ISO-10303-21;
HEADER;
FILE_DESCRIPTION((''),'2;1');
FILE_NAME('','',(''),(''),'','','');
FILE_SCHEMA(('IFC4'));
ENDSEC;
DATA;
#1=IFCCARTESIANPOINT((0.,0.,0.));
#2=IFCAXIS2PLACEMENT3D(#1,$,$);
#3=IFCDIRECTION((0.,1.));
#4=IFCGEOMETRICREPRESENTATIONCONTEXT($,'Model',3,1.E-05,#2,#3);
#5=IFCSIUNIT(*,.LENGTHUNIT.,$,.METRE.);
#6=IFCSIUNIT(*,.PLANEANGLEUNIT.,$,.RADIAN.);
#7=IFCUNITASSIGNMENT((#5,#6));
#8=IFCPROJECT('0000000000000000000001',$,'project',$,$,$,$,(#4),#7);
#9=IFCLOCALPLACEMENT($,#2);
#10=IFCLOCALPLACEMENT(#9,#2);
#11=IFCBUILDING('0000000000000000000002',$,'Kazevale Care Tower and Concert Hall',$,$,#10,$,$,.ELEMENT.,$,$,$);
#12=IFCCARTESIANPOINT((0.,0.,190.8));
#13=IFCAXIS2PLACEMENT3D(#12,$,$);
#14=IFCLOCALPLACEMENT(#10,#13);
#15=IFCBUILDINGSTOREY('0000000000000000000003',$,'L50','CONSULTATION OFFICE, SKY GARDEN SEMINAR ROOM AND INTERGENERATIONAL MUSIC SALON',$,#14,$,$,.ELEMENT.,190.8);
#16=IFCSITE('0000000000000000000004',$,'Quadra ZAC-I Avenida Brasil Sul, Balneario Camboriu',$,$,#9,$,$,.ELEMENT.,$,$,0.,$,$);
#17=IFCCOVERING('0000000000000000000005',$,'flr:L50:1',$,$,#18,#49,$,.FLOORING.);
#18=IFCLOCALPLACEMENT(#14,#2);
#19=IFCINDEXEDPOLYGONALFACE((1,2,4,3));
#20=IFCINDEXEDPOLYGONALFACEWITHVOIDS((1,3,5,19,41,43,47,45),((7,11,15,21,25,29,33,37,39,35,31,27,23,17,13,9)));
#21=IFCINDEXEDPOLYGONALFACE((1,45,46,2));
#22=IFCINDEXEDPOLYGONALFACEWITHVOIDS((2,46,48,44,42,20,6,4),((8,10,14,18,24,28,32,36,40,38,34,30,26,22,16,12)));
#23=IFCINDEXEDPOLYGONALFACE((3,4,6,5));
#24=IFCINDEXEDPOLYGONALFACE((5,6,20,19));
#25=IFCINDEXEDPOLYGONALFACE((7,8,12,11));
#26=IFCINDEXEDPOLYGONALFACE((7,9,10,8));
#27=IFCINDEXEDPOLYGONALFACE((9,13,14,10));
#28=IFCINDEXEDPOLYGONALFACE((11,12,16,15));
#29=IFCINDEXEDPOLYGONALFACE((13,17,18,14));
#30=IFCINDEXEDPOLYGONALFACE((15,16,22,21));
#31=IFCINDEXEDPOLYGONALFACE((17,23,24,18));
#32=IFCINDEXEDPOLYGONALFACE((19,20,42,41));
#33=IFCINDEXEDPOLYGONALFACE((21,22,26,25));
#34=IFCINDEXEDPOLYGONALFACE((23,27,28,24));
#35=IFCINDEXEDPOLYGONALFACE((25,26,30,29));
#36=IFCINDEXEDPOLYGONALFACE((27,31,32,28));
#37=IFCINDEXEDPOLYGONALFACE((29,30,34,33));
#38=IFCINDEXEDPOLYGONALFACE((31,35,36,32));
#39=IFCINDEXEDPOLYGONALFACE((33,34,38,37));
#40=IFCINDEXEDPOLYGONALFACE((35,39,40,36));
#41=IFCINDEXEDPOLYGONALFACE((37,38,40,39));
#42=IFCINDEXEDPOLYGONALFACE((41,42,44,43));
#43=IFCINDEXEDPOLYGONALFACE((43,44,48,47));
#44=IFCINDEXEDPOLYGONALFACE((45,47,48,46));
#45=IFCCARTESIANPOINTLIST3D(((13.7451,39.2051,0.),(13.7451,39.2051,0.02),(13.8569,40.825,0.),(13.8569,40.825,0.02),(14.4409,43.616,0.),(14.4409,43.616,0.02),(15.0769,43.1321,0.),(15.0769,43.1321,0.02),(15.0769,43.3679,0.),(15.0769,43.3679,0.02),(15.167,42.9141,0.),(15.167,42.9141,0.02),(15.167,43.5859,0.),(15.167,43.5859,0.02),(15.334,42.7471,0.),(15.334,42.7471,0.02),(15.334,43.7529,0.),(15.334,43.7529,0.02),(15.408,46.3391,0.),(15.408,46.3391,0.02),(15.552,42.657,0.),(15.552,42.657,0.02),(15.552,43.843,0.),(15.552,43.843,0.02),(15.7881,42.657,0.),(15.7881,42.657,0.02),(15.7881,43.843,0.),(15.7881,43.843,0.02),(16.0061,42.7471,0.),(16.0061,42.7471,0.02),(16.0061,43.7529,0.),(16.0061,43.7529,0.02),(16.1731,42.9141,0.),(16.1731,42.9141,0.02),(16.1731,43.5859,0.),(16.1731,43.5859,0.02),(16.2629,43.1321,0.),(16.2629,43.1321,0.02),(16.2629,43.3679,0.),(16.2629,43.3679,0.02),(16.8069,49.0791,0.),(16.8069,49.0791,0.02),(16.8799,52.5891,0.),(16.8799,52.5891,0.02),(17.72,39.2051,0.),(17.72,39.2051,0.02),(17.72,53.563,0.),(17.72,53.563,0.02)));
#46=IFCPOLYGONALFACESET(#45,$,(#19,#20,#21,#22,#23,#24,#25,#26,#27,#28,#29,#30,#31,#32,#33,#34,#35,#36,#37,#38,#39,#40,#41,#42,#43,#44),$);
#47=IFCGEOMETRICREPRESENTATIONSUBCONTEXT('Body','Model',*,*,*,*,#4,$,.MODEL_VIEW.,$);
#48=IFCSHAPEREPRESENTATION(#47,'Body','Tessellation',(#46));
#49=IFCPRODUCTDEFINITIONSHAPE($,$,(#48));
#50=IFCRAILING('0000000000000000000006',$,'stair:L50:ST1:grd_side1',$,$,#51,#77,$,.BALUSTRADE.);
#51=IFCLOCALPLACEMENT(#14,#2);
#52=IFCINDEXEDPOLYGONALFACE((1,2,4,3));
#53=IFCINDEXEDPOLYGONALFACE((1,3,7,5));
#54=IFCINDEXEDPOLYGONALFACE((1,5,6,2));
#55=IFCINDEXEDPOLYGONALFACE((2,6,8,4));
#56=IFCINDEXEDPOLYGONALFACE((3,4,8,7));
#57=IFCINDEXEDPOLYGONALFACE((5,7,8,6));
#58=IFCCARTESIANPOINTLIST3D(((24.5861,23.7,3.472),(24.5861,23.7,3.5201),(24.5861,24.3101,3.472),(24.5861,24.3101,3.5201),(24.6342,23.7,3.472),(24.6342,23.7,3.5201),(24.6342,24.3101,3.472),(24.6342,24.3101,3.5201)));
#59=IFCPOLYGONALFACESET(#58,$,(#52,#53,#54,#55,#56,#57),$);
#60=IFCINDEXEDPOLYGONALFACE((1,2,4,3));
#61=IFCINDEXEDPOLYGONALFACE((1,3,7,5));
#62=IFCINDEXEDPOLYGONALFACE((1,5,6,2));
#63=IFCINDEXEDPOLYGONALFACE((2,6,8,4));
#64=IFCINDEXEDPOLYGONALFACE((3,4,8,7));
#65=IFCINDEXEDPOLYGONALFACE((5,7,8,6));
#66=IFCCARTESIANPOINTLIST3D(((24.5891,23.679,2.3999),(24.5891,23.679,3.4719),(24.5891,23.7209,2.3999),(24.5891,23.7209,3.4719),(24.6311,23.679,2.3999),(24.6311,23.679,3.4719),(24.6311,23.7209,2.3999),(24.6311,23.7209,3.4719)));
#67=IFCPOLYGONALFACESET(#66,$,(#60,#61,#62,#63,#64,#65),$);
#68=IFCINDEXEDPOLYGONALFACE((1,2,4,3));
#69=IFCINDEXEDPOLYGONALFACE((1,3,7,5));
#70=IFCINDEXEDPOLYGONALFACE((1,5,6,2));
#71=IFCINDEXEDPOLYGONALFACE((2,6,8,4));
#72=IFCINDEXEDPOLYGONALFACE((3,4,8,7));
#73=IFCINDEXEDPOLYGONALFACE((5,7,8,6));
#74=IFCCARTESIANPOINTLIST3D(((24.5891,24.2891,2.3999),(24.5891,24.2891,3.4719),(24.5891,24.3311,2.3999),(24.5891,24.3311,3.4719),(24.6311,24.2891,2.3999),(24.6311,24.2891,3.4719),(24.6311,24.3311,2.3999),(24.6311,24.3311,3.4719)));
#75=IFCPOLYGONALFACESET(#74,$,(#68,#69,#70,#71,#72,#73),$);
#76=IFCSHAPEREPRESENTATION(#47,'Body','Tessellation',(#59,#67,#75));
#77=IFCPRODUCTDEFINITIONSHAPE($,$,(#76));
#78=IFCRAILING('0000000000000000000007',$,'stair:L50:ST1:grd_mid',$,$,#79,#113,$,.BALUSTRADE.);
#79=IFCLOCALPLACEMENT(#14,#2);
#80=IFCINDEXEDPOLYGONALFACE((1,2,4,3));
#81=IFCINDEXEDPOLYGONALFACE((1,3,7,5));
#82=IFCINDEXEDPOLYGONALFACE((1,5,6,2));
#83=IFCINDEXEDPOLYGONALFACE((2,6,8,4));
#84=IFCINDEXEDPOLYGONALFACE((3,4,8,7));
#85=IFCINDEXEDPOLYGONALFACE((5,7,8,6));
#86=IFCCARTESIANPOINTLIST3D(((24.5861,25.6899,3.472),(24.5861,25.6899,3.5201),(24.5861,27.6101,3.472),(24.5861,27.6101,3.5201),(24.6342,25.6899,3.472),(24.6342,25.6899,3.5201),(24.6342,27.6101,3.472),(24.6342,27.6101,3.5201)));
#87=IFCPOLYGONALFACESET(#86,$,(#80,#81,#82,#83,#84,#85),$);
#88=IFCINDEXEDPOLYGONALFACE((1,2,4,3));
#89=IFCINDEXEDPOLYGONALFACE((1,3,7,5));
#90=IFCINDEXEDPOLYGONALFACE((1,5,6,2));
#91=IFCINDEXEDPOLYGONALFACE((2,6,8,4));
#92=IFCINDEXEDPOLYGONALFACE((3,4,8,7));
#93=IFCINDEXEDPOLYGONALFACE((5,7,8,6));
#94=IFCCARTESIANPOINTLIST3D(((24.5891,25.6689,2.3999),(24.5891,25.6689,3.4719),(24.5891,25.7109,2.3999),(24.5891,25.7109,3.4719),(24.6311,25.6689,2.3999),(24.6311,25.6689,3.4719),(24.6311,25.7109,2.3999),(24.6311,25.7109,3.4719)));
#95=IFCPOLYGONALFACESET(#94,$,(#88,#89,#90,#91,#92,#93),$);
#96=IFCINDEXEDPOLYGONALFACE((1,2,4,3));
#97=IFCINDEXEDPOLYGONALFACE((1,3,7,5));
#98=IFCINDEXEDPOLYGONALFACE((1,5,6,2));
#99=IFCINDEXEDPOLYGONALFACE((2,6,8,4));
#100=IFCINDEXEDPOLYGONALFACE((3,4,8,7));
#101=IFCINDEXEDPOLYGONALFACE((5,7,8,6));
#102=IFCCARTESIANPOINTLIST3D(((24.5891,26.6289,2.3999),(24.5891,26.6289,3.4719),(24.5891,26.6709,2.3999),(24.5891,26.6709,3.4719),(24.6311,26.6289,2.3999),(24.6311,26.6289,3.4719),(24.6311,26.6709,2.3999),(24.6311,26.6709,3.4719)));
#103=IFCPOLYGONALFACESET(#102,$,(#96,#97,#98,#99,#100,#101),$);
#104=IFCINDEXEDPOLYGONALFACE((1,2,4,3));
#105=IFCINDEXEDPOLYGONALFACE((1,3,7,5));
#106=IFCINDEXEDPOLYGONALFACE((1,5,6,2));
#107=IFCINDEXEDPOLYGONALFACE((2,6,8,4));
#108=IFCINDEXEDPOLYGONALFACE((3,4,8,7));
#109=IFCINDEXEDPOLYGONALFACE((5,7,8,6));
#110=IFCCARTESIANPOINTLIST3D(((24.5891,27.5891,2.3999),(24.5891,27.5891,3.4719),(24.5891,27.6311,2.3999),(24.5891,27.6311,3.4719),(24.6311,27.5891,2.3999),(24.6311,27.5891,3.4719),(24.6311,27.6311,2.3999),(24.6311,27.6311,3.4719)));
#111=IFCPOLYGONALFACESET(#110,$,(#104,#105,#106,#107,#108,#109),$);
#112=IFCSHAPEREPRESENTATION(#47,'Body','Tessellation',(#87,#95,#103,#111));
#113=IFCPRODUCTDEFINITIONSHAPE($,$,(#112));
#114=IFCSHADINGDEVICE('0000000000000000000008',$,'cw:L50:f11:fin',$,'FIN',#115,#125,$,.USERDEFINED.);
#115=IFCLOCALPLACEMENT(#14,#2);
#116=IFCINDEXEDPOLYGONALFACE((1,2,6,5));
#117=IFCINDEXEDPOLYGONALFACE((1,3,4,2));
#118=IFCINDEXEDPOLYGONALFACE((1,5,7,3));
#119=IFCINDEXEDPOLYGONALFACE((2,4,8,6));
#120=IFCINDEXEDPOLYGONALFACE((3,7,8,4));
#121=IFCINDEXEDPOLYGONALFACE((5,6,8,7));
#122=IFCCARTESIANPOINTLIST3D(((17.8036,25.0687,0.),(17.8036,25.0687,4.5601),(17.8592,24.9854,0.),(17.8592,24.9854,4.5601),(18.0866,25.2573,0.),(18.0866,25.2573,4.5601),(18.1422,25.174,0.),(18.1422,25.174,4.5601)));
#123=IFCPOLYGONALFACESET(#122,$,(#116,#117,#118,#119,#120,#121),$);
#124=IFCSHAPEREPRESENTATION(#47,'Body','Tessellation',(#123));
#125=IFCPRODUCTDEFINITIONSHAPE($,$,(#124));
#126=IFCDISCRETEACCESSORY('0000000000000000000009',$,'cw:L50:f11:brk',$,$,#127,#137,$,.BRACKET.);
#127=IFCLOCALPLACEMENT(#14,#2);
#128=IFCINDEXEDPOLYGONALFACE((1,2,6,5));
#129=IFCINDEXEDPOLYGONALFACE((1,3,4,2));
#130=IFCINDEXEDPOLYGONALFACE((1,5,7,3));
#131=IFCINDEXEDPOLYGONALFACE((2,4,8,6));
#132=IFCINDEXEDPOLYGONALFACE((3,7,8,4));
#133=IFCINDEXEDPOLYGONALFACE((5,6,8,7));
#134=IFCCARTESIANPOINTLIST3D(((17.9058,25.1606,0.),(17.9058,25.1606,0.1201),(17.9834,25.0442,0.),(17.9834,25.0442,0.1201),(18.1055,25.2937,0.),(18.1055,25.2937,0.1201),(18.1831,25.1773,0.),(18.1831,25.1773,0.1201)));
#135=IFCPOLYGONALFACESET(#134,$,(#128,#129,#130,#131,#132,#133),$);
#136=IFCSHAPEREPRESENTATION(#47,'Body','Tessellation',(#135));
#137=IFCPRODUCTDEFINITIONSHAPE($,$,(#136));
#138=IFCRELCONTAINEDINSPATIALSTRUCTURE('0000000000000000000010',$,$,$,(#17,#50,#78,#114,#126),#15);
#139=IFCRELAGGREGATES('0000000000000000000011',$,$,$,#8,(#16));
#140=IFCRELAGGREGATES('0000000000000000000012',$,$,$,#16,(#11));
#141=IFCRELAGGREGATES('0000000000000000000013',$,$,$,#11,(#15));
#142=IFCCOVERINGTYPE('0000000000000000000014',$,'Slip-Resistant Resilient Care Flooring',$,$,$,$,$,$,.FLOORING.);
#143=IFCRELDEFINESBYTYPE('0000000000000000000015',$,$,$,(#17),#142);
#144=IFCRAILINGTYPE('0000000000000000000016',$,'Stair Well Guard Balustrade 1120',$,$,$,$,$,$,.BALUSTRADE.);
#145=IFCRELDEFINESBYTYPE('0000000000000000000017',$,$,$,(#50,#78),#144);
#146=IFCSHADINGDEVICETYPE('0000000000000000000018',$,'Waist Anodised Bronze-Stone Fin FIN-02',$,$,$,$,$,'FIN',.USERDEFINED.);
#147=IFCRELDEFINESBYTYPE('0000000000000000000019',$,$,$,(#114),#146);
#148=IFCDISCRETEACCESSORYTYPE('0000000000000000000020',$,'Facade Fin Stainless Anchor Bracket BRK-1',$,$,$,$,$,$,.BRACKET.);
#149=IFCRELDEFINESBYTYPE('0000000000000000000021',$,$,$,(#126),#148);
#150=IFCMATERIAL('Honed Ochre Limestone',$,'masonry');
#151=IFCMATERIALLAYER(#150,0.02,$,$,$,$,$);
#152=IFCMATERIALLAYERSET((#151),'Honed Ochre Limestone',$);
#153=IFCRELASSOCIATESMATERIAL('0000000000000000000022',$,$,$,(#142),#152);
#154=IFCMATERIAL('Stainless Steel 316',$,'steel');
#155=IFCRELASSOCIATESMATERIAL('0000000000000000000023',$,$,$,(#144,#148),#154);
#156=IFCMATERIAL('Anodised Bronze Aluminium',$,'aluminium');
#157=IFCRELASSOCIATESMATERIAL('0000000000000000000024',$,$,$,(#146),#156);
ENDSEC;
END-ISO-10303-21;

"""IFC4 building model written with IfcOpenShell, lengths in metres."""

from ifc_helpers import new_model, si_unit, direction, frame, origin, origin_2d, place, context, subcontext, project, spatial, polyline, rectangle, outline, extrude, material, layer, layer_set, type_object, element, save


model = new_model("IFC4")

# Units and contexts
model_context = context("Model", 3, precision=1e-05, world=origin(), true_north=direction((0.0, 1.0)))
body_context = subcontext(model_context, "Body", "Model", "MODEL_VIEW")
ifc_project = project(units=[si_unit("LENGTHUNIT", "METRE"), si_unit("PLANEANGLEUNIT", "RADIAN")], contexts=[model_context])

# Site, building, storey
site_placement = place(None, origin())
site = spatial("IfcSite", under=ifc_project, at=site_placement, Name="Quadra ZAC-I Avenida Brasil Sul, Balneario Camboriu", CompositionType="ELEMENT", RefElevation=0.0)
building_placement = place(site_placement, origin())
building = spatial("IfcBuilding", under=site, at=building_placement, Name="Kazevale Care Tower and Concert Hall", CompositionType="ELEMENT")
storey_placement = place(building_placement, frame((0.0, 0.0, 190.8)))
storey = spatial("IfcBuildingStorey", under=building, at=storey_placement, Name="L50", Description="CONSULTATION OFFICE, SKY GARDEN SEMINAR ROOM AND INTERGENERATIONAL MUSIC SALON", CompositionType="ELEMENT", Elevation=190.8)

# Covering
ifc_material_1 = material(Name="Honed Ochre Limestone", Category="masonry")
ifc_layer_1 = layer(ifc_material_1, 0.02)
ifc_layer_set_1 = layer_set([ifc_layer_1], Name="Honed Ochre Limestone")
covering_type_1 = type_object("IfcCoveringType", Name="Slip-Resistant Resilient Care Flooring", PredefinedType="FLOORING", material=ifc_layer_set_1)
covering_1_placement = place(storey_placement, origin())
element("IfcCovering", 1, at=covering_1_placement, inside=storey, type_object=covering_type_1, Name="flr:L50:1", PredefinedType="FLOORING", context=body_context, shape_type="SweptSolid", body=[
    extrude(outline(polyline([(15.408, 46.3391), (16.8069, 49.0791), (16.8799, 52.5891), (17.72, 53.563), (17.72, 39.2051), (13.7451, 39.2051), (13.8569, 40.825), (14.4409, 43.616), (15.408, 46.3391)]), holes=[polyline([(16.2629, 43.3679), (16.1731, 43.5859), (16.0061, 43.7529), (15.7881, 43.843), (15.552, 43.843), (15.334, 43.7529), (15.167, 43.5859), (15.0769, 43.3679), (15.0769, 43.1321), (15.167, 42.9141), (15.334, 42.7471), (15.552, 42.657), (15.7881, 42.657), (16.0061, 42.7471), (16.1731, 42.9141), (16.2629, 43.1321), (16.2629, 43.3679)])]), origin(), (0.0, 0.0, 1.0), 0.02),
])

# Railings
ifc_material_2 = material(Name="Stainless Steel 316", Category="steel")
railing_type = type_object("IfcRailingType", Name="Stair Well Guard Balustrade 1120", PredefinedType="BALUSTRADE", material=ifc_material_2)
railing_1_placement = place(storey_placement, frame((24.6101, 23.7, 2.3999)))
element("IfcRailing", 2, at=railing_1_placement, inside=storey, type_object=railing_type, Name="stair:L50:ST1:grd_side1", PredefinedType="BALUSTRADE", context=body_context, shape_type="SweptSolid", body=[
    extrude(rectangle(XDim=0.0481, YDim=0.0481, at=origin_2d()), frame((0.0, 0.0, 1.0962), z_axis=(0.0, 1.0, 0.0), x_axis=(-1.0, 0.0, 0.0)), (0.0, 0.0, 1.0), 0.6101),
    extrude(rectangle(XDim=0.042, YDim=0.042, at=origin_2d()), origin(), (0.0, 0.0, 1.0), 1.072),
    extrude(rectangle(XDim=0.042, YDim=0.042, at=origin_2d()), frame((0.0, 0.6101, 0.0)), (0.0, 0.0, 1.0), 1.072),
])
railing_2_placement = place(storey_placement, frame((24.6101, 25.6899, 2.3999)))
element("IfcRailing", 3, at=railing_2_placement, inside=storey, type_object=railing_type, Name="stair:L50:ST1:grd_mid", PredefinedType="BALUSTRADE", context=body_context, shape_type="SweptSolid", body=[
    extrude(rectangle(XDim=0.0481, YDim=0.0481, at=origin_2d()), frame((0.0, 0.0, 1.0962), z_axis=(0.0, 1.0, 0.0), x_axis=(-1.0, 0.0, 0.0)), (0.0, 0.0, 1.0), 1.9202),
    extrude(rectangle(XDim=0.042, YDim=0.042, at=origin_2d()), origin(), (0.0, 0.0, 1.0), 1.072),
    extrude(rectangle(XDim=0.042, YDim=0.042, at=origin_2d()), frame((0.0, 0.96, 0.0)), (0.0, 0.0, 1.0), 1.072),
    extrude(rectangle(XDim=0.042, YDim=0.042, at=origin_2d()), frame((0.0, 1.9202, 0.0)), (0.0, 0.0, 1.0), 1.072),
])

# Shading device
ifc_material_3 = material(Name="Anodised Bronze Aluminium", Category="aluminium")
shading_device_type = type_object("IfcShadingDeviceType", Name="Waist Anodised Bronze-Stone Fin FIN-02", ElementType="FIN", PredefinedType="USERDEFINED", material=ifc_material_3)
shading_device_placement = place(storey_placement, frame((17.9729, 25.1213, 0.0), z_axis=(0.0, 0.0, 1.0), x_axis=(-0.832148, -0.554554, 0.0)))
element("IfcShadingDevice", 4, at=shading_device_placement, inside=storey, type_object=shading_device_type, Name="cw:L50:f11:fin", ObjectType="FIN", PredefinedType="USERDEFINED", context=body_context, shape_type="SweptSolid", body=[
    extrude(rectangle(XDim=0.3401, YDim=0.1001, at=origin_2d()), origin(), (0.0, 0.0, 1.0), 4.5601),
])

# Discrete accessory
discrete_accessory_type = type_object("IfcDiscreteAccessoryType", Name="Facade Fin Stainless Anchor Bracket BRK-1", PredefinedType="BRACKET", material=ifc_material_2)
discrete_accessory_placement = place(storey_placement, frame((18.0444, 25.1689, 0.0), z_axis=(0.0, 0.0, 1.0), x_axis=(-0.832148, -0.554554, 0.0)))
element("IfcDiscreteAccessory", 5, at=discrete_accessory_placement, inside=storey, type_object=discrete_accessory_type, Name="cw:L50:f11:brk", PredefinedType="BRACKET", context=body_context, shape_type="SweptSolid", body=[
    extrude(rectangle(XDim=0.24, YDim=0.1399, at=origin_2d()), origin(), (0.0, 0.0, 1.0), 0.1201),
])

save(model, "model.ifc")
